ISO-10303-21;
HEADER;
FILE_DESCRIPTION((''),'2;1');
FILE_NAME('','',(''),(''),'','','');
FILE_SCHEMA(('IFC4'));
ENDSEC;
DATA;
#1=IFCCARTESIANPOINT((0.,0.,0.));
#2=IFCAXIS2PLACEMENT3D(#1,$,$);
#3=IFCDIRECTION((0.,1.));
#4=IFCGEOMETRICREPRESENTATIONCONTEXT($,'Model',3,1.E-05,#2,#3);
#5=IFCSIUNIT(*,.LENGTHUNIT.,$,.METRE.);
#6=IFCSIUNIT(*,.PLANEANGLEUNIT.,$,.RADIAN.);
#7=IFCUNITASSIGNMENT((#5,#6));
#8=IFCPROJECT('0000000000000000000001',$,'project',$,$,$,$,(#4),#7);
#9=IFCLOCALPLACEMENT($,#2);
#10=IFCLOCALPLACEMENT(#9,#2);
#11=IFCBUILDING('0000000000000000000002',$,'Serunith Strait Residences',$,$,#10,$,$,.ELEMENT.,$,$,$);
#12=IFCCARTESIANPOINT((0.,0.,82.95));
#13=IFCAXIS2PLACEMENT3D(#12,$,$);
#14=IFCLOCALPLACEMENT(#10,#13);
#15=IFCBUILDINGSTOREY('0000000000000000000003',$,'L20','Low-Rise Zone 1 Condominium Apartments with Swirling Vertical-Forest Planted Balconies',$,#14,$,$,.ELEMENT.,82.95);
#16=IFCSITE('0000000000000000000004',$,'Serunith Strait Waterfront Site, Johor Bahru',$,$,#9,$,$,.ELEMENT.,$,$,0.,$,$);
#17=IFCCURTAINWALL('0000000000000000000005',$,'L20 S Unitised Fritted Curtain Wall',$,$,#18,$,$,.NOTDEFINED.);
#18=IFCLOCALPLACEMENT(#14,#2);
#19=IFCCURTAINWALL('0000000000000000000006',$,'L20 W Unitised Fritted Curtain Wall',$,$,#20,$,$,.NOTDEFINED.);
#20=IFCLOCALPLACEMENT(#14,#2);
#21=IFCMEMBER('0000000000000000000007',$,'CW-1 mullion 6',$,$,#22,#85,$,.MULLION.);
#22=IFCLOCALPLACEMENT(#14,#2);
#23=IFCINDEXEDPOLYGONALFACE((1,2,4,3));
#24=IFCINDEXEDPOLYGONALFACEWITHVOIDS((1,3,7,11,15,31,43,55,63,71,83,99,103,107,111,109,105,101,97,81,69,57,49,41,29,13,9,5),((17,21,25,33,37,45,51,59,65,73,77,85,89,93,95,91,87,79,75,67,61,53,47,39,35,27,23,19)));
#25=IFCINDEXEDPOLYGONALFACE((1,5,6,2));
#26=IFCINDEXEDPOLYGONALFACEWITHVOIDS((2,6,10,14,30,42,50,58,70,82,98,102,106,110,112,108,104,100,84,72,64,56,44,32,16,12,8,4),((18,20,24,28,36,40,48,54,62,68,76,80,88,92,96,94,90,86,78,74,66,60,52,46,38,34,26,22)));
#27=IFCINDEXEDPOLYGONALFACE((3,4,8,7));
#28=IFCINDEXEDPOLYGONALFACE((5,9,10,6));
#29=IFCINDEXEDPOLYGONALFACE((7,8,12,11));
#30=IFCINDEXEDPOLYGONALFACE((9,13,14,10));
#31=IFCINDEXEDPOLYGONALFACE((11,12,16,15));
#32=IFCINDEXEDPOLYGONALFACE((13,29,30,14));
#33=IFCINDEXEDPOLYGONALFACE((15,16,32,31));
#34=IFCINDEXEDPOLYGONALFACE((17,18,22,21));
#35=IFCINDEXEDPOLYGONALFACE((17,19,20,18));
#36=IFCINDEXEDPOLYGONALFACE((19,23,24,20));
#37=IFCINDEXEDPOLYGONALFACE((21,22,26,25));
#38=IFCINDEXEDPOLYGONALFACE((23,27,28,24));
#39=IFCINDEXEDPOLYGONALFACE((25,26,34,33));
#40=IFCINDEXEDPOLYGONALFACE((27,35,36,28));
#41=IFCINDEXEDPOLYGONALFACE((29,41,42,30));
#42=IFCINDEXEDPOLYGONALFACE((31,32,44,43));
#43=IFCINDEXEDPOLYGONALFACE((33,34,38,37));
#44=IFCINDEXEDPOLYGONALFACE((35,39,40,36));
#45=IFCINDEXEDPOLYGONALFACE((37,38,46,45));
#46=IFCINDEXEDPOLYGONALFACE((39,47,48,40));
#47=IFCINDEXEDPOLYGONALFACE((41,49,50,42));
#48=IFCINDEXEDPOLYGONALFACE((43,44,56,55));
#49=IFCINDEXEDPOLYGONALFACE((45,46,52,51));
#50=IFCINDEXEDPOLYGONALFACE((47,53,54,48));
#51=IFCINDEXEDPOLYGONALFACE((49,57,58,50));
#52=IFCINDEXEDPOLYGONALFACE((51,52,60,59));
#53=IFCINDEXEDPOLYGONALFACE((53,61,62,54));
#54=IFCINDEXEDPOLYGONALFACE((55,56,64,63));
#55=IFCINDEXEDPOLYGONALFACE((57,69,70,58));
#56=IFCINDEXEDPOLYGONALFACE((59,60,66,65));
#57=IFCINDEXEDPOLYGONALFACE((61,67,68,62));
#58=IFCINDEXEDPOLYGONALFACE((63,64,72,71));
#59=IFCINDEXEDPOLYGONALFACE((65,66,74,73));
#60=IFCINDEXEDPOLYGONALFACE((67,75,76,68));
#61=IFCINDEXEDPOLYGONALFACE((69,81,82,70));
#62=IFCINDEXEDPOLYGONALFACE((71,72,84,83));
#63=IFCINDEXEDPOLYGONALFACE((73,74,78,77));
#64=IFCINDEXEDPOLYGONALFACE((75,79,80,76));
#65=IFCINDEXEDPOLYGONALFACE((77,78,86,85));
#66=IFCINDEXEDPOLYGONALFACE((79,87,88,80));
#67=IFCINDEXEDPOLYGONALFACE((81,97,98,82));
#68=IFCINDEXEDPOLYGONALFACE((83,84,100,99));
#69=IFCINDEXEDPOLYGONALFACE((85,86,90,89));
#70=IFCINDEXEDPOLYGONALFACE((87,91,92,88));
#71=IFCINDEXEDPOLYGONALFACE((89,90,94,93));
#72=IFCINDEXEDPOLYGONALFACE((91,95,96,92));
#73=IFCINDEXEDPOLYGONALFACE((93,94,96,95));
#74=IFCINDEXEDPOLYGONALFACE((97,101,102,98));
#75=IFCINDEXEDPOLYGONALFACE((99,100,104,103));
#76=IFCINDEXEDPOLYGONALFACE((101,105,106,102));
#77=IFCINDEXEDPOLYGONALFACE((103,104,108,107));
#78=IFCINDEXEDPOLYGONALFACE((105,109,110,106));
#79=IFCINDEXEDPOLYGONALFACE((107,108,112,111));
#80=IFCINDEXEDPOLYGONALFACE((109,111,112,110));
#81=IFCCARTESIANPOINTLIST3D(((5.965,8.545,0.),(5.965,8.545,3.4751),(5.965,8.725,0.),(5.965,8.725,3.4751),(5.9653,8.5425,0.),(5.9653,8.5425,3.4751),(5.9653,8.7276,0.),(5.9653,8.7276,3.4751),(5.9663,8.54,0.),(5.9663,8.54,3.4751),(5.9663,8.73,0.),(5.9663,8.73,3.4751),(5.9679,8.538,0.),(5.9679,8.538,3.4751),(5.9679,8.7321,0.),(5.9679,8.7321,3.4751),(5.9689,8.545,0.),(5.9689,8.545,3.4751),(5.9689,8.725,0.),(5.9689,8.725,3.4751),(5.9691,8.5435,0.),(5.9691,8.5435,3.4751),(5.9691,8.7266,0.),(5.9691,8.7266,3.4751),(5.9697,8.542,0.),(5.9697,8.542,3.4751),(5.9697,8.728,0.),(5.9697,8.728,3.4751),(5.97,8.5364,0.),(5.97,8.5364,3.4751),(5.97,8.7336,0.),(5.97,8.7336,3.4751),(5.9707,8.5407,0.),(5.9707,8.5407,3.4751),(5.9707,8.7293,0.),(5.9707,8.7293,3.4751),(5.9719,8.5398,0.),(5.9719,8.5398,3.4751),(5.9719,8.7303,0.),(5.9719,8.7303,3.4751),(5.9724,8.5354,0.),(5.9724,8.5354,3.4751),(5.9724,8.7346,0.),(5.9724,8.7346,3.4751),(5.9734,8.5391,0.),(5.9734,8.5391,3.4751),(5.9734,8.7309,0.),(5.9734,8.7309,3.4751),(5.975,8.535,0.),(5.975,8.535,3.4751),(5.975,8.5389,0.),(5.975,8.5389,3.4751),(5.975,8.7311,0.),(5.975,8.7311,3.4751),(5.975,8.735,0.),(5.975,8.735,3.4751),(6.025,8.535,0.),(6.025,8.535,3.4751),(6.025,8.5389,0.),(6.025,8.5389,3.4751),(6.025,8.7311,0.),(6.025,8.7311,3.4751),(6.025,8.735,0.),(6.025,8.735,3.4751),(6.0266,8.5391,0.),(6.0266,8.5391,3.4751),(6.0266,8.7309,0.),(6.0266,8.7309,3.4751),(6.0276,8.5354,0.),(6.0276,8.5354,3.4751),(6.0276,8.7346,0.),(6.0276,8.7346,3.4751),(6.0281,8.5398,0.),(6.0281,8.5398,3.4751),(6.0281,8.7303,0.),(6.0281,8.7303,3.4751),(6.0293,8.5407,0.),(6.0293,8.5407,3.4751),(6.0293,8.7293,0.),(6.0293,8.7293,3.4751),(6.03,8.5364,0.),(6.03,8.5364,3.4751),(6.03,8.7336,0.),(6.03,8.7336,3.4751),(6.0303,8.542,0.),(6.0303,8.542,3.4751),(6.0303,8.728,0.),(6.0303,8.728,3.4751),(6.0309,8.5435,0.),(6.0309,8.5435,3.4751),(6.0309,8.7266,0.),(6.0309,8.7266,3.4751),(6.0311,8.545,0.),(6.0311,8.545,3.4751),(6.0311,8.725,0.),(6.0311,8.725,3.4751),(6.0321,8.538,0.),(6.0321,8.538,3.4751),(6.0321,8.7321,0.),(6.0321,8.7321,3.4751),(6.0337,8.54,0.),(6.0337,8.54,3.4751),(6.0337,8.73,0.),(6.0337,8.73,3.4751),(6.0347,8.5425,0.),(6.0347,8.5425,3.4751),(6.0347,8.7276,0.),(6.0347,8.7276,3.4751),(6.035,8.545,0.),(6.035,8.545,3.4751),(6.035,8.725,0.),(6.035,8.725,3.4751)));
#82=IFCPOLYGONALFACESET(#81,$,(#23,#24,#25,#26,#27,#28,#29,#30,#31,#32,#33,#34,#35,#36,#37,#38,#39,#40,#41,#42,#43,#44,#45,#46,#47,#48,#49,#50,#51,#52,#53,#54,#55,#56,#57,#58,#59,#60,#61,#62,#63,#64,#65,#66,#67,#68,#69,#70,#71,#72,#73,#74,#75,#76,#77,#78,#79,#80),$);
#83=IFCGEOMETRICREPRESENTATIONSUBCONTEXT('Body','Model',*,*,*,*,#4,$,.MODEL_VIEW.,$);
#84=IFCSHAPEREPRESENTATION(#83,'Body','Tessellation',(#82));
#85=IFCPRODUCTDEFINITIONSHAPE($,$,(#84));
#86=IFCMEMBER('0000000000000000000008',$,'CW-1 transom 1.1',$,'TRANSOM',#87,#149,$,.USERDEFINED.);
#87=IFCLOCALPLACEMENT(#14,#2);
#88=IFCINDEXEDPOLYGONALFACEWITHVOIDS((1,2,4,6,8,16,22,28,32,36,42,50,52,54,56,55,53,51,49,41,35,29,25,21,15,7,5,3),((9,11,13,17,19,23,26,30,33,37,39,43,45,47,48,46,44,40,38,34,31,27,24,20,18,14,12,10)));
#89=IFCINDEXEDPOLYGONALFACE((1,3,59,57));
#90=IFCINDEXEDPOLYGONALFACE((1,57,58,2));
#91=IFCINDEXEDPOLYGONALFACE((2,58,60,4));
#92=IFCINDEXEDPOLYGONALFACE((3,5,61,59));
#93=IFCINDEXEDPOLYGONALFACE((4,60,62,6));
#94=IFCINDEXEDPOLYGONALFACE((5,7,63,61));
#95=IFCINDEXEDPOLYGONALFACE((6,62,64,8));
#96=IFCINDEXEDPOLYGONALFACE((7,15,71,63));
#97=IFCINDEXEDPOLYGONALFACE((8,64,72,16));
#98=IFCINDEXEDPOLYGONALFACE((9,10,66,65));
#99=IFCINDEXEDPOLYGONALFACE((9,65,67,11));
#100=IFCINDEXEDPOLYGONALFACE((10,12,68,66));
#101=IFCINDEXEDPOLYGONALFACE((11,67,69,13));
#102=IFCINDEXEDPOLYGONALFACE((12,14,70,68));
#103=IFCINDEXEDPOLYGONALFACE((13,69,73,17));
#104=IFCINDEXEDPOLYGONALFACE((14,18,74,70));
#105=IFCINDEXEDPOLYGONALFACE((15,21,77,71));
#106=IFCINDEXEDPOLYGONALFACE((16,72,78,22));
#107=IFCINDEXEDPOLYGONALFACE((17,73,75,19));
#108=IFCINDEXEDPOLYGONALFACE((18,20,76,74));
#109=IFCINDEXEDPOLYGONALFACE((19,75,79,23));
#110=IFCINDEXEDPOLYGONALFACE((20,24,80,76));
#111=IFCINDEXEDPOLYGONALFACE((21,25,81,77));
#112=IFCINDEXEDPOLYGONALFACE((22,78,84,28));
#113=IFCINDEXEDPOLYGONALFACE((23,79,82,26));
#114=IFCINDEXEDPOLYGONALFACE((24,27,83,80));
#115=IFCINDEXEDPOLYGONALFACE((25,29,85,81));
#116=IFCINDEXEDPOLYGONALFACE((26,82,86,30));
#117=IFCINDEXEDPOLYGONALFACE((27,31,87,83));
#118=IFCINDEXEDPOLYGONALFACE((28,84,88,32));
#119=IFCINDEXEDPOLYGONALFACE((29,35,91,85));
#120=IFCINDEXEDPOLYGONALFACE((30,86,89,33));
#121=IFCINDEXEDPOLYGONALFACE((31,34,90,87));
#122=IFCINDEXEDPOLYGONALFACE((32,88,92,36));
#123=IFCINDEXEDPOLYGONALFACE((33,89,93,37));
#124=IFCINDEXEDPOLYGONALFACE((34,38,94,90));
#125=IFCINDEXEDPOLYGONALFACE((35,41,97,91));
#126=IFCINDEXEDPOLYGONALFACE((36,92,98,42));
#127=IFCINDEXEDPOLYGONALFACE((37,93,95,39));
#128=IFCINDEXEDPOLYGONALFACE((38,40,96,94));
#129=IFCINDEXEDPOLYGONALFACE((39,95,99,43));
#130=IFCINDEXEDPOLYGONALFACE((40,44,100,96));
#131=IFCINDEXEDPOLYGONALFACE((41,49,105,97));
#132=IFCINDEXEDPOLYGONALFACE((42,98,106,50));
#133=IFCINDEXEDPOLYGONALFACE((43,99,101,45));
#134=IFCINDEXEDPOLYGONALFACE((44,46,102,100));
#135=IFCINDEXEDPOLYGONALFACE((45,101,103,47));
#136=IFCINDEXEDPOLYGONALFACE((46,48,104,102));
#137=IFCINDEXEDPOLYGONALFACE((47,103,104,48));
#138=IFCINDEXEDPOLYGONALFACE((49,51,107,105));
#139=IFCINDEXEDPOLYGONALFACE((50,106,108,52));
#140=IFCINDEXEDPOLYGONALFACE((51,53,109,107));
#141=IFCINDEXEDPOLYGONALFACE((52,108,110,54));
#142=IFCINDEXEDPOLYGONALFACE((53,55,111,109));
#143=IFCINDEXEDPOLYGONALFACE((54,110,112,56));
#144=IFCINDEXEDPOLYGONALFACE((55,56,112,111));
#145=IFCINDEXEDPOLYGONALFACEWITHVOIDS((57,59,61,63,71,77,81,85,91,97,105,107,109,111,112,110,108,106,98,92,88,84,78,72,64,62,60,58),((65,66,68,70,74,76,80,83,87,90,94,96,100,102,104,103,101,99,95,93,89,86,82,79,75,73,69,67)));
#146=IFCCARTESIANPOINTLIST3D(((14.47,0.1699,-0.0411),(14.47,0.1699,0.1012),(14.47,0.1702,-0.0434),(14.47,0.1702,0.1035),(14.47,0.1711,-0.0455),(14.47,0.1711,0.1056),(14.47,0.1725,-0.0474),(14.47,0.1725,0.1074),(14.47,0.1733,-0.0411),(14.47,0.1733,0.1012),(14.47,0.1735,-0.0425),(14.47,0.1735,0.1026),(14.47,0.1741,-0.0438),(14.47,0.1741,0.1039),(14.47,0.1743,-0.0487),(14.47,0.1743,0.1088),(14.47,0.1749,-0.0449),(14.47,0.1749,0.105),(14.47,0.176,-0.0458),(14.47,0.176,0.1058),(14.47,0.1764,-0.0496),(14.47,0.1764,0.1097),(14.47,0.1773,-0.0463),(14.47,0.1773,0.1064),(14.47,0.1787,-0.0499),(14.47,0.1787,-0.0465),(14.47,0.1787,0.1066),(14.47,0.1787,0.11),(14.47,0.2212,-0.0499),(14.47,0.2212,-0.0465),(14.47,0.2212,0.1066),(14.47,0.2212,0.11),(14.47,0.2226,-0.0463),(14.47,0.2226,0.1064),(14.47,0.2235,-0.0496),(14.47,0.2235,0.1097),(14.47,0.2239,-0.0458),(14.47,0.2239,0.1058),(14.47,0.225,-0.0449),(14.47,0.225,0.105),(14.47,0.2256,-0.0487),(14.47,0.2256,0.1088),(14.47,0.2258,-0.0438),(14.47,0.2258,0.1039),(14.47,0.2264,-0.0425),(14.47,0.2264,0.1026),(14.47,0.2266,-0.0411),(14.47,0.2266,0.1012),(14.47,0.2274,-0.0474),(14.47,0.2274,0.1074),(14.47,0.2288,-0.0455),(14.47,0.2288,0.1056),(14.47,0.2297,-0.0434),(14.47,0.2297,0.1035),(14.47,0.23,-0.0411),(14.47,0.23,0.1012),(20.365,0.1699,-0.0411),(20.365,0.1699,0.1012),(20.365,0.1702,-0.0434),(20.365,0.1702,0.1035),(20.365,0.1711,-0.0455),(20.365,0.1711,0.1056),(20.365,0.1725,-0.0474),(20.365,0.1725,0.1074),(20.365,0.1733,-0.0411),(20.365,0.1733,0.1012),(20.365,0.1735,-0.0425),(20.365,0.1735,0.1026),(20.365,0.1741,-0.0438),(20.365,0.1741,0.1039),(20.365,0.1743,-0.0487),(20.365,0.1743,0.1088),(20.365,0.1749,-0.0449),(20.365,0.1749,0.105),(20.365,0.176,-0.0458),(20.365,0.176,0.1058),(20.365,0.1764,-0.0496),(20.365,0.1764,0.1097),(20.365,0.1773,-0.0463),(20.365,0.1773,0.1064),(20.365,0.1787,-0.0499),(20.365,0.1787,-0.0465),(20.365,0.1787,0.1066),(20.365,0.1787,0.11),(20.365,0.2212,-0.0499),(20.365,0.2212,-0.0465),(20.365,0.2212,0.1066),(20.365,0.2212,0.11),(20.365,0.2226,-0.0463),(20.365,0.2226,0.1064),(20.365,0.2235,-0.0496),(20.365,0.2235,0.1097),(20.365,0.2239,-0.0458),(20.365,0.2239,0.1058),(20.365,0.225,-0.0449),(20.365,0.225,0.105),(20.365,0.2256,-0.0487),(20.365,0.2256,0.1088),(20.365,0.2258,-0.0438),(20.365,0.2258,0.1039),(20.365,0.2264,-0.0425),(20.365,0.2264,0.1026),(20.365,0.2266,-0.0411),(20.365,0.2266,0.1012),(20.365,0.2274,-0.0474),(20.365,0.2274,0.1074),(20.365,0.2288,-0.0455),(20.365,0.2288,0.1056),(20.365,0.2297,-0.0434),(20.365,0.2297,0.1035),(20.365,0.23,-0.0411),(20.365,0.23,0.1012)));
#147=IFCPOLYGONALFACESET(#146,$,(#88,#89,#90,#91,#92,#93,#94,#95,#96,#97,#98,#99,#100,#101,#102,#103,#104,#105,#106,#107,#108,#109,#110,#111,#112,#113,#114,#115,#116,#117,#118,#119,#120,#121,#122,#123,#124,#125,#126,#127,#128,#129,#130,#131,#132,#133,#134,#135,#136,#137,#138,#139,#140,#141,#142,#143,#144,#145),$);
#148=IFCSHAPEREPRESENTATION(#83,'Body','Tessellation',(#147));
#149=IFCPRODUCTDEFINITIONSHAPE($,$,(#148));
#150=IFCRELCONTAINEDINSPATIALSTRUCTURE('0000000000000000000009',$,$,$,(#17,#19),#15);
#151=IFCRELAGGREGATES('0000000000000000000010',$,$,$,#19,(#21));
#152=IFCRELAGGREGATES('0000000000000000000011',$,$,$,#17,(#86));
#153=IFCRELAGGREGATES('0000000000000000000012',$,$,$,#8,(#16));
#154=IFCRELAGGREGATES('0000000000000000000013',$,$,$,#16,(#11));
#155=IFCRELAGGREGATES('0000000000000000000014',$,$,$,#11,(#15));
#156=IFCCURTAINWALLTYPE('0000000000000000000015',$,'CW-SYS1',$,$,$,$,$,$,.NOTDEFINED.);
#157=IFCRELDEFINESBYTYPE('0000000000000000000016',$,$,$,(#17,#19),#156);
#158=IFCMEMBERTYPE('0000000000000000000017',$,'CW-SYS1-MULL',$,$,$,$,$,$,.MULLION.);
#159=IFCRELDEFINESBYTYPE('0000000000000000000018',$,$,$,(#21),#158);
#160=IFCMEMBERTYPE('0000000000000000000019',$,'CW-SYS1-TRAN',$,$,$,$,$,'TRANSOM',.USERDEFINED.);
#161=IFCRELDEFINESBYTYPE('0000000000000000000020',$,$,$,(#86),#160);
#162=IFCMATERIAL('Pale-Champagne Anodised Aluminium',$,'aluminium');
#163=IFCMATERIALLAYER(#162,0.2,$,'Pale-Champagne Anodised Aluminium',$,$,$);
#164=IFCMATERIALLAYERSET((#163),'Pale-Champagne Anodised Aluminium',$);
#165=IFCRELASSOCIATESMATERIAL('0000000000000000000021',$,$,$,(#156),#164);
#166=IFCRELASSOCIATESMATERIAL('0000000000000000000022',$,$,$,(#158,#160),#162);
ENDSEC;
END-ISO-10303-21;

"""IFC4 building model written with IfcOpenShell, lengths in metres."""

from ifc_helpers import new_model, si_unit, direction, frame, origin, origin_2d, place, context, subcontext, project, spatial, hollow_rectangle, extrude, source, transform, mapped, material, layer, layer_set, material_profile, profile_set, type_object, element, aggregate, save


model = new_model("IFC4")

# Units and contexts
model_context = context("Model", 3, precision=1e-05, world=origin(), true_north=direction((0.0, 1.0)))
body_context = subcontext(model_context, "Body", "Model", "MODEL_VIEW")
ifc_project = project(units=[si_unit("LENGTHUNIT", "METRE"), si_unit("PLANEANGLEUNIT", "RADIAN")], contexts=[model_context])

# Site, building, storey
site_placement = place(None, origin())
site = spatial("IfcSite", under=ifc_project, at=site_placement, Name="Serunith Strait Waterfront Site, Johor Bahru", CompositionType="ELEMENT", RefElevation=0.0)
building_placement = place(site_placement, origin())
building = spatial("IfcBuilding", under=site, at=building_placement, Name="Serunith Strait Residences", CompositionType="ELEMENT")
storey_placement = place(building_placement, frame((0.0, 0.0, 82.95)))
storey = spatial("IfcBuildingStorey", under=building, at=storey_placement, Name="L20", Description="Low-Rise Zone 1 Condominium Apartments with Swirling Vertical-Forest Planted Balconies", CompositionType="ELEMENT", Elevation=82.95)

# Curtain walls, member
ifc_material_1 = material(Name="Pale-Champagne Anodised Aluminium", Category="aluminium")
ifc_layer_1 = layer(ifc_material_1, 0.2, Name="Pale-Champagne Anodised Aluminium")
ifc_layer_set_1 = layer_set([ifc_layer_1], Name="Pale-Champagne Anodised Aluminium")
curtain_wall_type = type_object("IfcCurtainWallType", Name="CW-SYS1", PredefinedType="NOTDEFINED", material=ifc_layer_set_1)
curtain_wall_1_placement = place(storey_placement, origin())
curtain_wall_1 = element("IfcCurtainWall", 1, at=curtain_wall_1_placement, inside=storey, type_object=curtain_wall_type, Name="L20 S Unitised Fritted Curtain Wall", PredefinedType="NOTDEFINED")
ifc_material_profile_1 = material_profile(ifc_material_1, hollow_rectangle(XDim=0.0701, YDim=0.2, WallThickness=0.0039, InnerFilletRadius=0.0061, OuterFilletRadius=0.01, at=origin_2d()), Name="ALU 200x70x4")
ifc_profile_set_1 = profile_set([ifc_material_profile_1], Name="Pale-Champagne Anodised Aluminium")
member_type_1 = type_object("IfcMemberType", Name="CW-SYS1-MULL", PredefinedType="MULLION", material=ifc_profile_set_1)
shared_shape_1 = source(origin(), body_context, "Body", "SweptSolid", [
    extrude(hollow_rectangle(XDim=0.0701, YDim=0.2, WallThickness=0.0039, InnerFilletRadius=0.0061, OuterFilletRadius=0.01, at=origin_2d()), origin(), (0.0, 0.0, 1.0), 3.4751),
])
curtain_wall_2_placement = place(storey_placement, origin())
curtain_wall_2 = element("IfcCurtainWall", 2, at=curtain_wall_2_placement, inside=storey, type_object=curtain_wall_type, Name="L20 W Unitised Fritted Curtain Wall", PredefinedType="NOTDEFINED")
member_1_placement = place(storey_placement, frame((6.0, 8.635, 0.0), z_axis=(0.0, 0.0, 1.0), x_axis=(1.0, 0.0, 0.0)))
member_1 = element("IfcMember", 3, at=member_1_placement, type_object=member_type_1, Name="CW-1 mullion 6", PredefinedType="MULLION", context=body_context, shape_type="MappedRepresentation", body=[
    mapped(shared_shape_1, transform((0.0, 0.0, 0.0), scale=1.0)),
])
aggregate(curtain_wall_2, [member_1])

# Member
ifc_material_profile_2 = material_profile(ifc_material_1, hollow_rectangle(XDim=0.0601, YDim=0.1599, WallThickness=0.0034, InnerFilletRadius=0.0054, OuterFilletRadius=0.0088, at=origin_2d()), Name="ALU 160x60x3.5")
ifc_profile_set_2 = profile_set([ifc_material_profile_2], Name="Pale-Champagne Anodised Aluminium")
member_type_2 = type_object("IfcMemberType", Name="CW-SYS1-TRAN", ElementType="TRANSOM", PredefinedType="USERDEFINED", material=ifc_profile_set_2)
shared_shape_2 = source(origin(), body_context, "Body", "SweptSolid", [
    extrude(hollow_rectangle(XDim=0.0601, YDim=0.1599, WallThickness=0.0034, InnerFilletRadius=0.0054, OuterFilletRadius=0.0088, at=origin_2d()), origin(), (0.0, 0.0, 1.0), 5.895),
])
member_2_placement = place(storey_placement, frame((14.47, 0.2, 0.03), z_axis=(1.0, 0.0, 0.0), x_axis=(0.0, 1.0, 0.0)))
member_2 = element("IfcMember", 4, at=member_2_placement, type_object=member_type_2, Name="CW-1 transom 1.1", ObjectType="TRANSOM", PredefinedType="USERDEFINED", context=body_context, shape_type="MappedRepresentation", body=[
    mapped(shared_shape_2, transform((0.0, 0.0, 0.0), scale=1.0)),
])
aggregate(curtain_wall_1, [member_2])

save(model, "model.ifc")
